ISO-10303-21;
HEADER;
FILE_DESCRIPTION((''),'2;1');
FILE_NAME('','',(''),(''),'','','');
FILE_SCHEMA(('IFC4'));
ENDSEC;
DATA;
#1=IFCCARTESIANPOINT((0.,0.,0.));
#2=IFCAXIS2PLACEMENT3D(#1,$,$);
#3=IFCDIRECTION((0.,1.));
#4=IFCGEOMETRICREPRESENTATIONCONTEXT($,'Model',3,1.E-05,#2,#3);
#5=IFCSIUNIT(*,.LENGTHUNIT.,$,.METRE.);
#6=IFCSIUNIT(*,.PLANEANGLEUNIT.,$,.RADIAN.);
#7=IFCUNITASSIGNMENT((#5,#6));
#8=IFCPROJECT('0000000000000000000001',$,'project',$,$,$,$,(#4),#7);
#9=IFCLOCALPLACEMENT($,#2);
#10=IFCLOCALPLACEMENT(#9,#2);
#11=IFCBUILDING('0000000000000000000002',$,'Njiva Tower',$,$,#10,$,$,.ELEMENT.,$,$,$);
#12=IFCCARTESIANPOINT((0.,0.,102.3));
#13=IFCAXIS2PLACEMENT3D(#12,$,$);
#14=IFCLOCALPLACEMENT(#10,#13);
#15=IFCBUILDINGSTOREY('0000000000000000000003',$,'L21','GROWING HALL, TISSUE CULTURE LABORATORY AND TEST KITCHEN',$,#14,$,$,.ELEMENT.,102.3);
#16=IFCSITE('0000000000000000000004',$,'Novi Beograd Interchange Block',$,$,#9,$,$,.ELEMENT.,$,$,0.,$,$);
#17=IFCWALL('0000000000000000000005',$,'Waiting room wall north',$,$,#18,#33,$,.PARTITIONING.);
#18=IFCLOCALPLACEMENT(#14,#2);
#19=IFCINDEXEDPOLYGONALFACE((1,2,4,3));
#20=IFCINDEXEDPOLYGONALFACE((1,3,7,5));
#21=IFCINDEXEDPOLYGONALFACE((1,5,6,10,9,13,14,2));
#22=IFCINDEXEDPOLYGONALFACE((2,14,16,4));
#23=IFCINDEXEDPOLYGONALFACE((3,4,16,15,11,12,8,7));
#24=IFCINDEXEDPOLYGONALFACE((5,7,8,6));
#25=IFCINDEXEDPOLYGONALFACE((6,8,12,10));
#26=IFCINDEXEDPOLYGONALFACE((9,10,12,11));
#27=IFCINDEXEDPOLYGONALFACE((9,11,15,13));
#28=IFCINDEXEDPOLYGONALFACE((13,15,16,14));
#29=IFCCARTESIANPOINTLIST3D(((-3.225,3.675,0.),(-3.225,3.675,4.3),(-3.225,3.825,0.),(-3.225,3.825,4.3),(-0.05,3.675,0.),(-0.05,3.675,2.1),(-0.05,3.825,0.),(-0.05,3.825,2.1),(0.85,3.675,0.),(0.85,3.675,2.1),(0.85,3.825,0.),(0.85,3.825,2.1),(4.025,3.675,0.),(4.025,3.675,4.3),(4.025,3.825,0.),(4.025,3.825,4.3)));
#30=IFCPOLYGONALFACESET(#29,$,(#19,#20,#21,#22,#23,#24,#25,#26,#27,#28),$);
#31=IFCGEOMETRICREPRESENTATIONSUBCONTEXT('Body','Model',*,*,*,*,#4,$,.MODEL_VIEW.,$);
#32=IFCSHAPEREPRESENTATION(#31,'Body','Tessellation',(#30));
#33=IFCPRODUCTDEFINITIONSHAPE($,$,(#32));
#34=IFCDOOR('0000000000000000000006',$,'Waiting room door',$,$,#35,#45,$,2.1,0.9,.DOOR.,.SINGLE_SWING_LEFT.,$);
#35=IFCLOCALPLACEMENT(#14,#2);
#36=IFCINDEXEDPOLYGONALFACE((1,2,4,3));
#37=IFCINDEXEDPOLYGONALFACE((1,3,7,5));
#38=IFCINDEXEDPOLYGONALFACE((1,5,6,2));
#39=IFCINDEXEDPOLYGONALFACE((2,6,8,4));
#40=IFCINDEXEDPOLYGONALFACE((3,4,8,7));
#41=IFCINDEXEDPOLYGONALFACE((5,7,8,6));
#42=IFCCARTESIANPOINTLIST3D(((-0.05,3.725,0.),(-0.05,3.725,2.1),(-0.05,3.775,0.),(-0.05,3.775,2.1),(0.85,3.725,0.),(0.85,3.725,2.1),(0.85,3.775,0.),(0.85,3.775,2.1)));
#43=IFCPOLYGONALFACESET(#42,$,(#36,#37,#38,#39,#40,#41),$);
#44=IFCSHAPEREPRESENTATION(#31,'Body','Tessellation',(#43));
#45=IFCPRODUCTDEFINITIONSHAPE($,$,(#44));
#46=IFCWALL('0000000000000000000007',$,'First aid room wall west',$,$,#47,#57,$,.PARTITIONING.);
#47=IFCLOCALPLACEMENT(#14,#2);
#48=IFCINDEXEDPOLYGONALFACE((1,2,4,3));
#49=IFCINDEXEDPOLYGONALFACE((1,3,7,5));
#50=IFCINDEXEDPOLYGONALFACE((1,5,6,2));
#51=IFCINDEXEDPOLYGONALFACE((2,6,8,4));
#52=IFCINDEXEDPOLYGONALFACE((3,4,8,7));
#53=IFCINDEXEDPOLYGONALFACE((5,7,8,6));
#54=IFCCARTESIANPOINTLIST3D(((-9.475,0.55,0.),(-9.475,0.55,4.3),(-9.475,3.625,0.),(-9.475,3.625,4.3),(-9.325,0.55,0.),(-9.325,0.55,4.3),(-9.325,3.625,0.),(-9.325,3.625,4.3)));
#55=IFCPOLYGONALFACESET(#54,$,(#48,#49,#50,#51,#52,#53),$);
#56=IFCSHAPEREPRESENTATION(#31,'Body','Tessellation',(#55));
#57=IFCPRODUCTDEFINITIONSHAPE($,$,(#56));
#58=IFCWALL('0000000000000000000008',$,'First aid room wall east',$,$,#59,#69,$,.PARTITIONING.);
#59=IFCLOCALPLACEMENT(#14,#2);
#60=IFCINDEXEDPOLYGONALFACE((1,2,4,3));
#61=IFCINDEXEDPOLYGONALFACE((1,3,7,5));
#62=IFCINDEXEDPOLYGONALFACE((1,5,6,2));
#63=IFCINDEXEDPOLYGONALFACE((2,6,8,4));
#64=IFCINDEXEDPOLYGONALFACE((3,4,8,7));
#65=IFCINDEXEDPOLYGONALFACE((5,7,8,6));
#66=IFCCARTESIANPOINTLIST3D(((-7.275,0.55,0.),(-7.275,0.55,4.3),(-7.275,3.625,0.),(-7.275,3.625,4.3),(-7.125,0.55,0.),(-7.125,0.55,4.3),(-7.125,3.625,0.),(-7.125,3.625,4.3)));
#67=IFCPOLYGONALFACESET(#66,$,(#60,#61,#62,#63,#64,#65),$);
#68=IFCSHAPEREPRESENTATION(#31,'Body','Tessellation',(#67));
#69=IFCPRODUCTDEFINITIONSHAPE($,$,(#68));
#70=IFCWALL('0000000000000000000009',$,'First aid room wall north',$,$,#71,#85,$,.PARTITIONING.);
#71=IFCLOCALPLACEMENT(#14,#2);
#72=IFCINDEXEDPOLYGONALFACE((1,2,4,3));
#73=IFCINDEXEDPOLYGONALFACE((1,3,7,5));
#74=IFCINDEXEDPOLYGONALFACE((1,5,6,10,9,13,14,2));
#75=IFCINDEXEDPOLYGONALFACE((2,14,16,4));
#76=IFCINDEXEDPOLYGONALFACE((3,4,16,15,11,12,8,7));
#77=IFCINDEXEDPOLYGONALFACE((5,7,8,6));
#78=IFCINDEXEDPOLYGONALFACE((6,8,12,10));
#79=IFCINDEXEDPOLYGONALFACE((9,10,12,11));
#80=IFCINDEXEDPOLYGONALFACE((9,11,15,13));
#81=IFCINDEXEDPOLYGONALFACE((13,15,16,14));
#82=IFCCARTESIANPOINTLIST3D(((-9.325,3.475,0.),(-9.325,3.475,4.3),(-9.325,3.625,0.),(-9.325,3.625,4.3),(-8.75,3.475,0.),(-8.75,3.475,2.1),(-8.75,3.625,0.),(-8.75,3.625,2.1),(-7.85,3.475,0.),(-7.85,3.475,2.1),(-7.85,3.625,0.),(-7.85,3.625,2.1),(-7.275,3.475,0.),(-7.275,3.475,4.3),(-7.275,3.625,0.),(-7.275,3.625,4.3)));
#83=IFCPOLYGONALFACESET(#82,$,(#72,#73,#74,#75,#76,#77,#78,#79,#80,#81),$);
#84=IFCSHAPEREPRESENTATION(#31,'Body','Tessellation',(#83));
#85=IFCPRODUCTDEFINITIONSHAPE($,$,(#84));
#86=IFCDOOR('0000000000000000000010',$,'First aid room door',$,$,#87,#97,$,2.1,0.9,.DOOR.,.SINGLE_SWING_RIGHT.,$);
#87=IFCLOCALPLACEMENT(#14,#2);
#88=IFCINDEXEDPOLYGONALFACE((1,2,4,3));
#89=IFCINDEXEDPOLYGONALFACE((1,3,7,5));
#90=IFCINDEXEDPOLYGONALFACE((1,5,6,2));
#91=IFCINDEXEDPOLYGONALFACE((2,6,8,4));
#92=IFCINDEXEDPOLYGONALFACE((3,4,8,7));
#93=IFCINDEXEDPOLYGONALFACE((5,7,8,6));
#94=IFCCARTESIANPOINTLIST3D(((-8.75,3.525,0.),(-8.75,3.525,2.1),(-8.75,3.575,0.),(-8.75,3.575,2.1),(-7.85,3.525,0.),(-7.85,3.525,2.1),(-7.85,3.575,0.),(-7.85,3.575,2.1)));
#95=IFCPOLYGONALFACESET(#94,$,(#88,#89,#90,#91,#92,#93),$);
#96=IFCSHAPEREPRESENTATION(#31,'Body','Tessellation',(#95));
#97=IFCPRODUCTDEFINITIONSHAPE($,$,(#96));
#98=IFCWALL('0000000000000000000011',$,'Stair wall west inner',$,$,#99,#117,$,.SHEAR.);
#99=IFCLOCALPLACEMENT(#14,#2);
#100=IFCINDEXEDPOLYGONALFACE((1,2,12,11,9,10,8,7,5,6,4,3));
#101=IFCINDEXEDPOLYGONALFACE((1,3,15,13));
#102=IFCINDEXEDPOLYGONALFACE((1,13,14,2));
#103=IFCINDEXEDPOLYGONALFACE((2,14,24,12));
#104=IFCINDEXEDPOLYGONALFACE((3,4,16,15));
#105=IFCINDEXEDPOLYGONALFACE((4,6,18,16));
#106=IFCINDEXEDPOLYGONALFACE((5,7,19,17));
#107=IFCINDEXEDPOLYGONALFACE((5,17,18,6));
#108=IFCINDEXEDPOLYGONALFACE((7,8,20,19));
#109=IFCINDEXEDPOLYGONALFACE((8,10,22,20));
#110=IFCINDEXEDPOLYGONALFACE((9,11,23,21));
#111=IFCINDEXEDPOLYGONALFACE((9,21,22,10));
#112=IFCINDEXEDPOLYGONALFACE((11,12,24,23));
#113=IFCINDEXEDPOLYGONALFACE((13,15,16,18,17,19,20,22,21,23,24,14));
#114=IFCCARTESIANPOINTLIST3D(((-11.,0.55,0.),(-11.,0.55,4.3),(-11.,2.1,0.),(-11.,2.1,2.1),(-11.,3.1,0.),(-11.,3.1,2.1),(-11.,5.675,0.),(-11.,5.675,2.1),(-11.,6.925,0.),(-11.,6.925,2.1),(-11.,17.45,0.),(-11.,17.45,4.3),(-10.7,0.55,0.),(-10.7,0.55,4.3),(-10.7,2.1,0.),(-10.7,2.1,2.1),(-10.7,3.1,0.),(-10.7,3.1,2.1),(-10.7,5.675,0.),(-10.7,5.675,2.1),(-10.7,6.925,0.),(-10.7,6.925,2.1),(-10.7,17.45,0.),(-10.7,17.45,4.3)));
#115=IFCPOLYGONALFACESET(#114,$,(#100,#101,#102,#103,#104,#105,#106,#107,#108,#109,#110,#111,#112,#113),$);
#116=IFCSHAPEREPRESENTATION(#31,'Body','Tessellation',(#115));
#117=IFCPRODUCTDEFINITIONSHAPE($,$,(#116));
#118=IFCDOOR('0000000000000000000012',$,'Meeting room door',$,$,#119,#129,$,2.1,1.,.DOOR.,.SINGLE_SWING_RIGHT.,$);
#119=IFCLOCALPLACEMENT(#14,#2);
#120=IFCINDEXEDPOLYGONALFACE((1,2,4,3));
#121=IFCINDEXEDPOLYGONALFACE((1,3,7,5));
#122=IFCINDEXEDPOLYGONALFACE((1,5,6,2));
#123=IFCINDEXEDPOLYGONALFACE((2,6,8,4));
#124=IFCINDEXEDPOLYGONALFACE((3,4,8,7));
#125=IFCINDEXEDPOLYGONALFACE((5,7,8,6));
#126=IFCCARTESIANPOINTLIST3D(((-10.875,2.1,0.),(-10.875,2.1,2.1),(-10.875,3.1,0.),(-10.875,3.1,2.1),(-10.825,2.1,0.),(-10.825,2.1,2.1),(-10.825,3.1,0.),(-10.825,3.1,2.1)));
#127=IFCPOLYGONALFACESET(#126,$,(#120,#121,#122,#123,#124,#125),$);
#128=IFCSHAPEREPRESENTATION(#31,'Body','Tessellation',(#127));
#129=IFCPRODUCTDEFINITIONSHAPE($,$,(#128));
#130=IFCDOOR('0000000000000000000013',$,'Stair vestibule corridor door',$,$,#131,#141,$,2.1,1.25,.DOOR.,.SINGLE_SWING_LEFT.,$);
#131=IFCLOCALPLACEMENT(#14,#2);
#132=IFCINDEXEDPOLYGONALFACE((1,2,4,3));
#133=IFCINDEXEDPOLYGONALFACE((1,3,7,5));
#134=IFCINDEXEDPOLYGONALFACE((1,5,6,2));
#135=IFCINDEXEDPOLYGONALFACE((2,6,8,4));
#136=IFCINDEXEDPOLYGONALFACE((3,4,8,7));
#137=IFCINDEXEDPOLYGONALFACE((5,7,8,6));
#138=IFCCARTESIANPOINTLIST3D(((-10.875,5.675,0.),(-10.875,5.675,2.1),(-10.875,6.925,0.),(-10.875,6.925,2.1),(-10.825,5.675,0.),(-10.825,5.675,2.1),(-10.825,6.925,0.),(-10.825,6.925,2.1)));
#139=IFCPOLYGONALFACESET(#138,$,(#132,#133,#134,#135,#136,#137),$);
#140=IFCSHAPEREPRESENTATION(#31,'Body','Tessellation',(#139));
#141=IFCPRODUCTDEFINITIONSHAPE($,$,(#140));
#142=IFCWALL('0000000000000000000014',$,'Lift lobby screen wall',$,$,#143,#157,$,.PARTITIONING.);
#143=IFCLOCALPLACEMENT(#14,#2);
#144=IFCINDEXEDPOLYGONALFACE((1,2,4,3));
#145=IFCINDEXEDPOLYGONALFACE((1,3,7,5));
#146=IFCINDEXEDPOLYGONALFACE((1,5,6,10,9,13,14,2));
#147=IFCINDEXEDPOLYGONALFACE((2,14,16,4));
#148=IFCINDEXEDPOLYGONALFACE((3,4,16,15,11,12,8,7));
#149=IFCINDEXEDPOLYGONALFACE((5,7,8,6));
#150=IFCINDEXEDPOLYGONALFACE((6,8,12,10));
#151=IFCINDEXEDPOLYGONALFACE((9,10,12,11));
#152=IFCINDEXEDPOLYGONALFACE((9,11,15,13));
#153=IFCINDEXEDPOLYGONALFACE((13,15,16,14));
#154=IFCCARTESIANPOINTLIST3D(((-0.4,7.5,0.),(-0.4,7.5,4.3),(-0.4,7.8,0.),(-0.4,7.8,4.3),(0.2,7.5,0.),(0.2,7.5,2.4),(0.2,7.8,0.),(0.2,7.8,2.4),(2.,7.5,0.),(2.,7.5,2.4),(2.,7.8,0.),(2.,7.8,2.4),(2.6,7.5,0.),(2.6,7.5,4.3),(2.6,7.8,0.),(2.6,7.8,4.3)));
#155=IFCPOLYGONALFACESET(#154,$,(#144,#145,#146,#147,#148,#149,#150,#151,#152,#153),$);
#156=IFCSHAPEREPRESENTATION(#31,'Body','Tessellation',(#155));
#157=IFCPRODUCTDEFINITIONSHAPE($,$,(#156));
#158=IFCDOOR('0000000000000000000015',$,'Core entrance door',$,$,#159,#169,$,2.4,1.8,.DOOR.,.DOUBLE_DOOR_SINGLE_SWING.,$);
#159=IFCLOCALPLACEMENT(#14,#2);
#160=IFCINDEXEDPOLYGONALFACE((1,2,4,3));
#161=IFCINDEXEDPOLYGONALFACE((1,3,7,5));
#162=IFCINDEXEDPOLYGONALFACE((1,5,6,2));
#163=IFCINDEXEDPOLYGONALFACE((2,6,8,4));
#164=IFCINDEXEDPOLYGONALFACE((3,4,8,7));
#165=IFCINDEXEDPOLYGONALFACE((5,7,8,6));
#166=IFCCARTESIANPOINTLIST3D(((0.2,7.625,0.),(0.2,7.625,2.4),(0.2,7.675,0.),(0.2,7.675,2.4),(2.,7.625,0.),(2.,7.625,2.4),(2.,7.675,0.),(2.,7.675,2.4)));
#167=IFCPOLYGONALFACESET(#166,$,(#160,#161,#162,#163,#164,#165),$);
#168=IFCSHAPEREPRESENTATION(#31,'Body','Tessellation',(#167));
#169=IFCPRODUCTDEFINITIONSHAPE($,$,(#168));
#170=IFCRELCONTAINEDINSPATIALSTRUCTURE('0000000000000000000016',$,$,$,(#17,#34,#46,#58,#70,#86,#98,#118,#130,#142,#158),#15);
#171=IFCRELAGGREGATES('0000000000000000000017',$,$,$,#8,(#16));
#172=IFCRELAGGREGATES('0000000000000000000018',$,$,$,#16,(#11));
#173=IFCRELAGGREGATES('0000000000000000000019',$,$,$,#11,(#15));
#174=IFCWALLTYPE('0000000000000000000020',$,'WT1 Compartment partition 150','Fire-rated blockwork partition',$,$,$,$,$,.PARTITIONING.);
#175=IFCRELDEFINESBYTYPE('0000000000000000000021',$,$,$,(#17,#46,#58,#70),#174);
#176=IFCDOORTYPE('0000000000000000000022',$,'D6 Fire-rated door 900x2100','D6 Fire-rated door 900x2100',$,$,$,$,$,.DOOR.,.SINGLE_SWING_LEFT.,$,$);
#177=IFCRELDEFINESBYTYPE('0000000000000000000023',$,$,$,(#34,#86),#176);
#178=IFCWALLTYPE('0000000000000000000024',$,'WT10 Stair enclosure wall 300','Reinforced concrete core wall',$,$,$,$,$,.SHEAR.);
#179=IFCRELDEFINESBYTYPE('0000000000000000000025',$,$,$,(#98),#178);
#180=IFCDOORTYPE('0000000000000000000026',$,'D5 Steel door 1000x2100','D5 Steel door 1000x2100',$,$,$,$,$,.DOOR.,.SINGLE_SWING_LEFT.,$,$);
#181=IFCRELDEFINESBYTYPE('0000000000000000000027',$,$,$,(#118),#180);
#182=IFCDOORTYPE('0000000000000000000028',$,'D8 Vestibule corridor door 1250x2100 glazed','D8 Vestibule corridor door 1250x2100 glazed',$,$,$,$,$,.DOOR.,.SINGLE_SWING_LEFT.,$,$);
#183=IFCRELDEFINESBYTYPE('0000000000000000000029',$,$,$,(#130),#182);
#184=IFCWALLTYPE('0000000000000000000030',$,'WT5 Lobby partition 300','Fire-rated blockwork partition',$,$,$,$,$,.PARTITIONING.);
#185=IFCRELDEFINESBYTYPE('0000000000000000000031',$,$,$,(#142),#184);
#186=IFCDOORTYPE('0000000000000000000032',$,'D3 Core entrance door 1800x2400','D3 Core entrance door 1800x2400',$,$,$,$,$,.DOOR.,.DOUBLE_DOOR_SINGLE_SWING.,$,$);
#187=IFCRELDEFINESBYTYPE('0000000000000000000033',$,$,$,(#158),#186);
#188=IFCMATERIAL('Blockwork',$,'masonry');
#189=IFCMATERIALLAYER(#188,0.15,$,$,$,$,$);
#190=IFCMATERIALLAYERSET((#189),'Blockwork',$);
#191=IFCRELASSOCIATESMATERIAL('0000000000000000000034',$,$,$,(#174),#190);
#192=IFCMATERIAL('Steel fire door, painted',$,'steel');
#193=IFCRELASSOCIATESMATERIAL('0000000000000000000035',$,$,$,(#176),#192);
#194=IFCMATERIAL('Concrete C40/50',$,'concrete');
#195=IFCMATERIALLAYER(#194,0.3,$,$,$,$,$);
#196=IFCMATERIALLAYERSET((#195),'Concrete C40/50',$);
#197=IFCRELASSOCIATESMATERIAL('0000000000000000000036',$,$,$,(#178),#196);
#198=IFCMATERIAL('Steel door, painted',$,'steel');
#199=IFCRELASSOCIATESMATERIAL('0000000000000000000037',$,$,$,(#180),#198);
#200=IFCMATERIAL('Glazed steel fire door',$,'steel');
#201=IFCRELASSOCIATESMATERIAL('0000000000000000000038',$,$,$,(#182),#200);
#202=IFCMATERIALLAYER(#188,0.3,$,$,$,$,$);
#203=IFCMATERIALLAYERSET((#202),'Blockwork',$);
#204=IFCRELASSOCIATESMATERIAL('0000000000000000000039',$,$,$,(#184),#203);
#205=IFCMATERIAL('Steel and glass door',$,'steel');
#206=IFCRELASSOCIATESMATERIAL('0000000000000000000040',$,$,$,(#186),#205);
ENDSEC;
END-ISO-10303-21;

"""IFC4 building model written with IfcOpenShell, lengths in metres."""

from ifc_helpers import new_model, si_unit, direction, frame, frame_2d, origin, place, context, subcontext, project, spatial, rectangle, extrude, material, layer, layer_set, type_object, element, fill, save


model = new_model("IFC4")

# Units and contexts
model_context = context("Model", 3, precision=1e-05, world=origin(), true_north=direction((0.0, 1.0)))
body_context = subcontext(model_context, "Body", "Model", "MODEL_VIEW")
ifc_project = project(units=[si_unit("LENGTHUNIT", "METRE"), si_unit("PLANEANGLEUNIT", "RADIAN")], contexts=[model_context])

# Site, building, storey
site_placement = place(None, origin())
site = spatial("IfcSite", under=ifc_project, at=site_placement, Name="Novi Beograd Interchange Block", CompositionType="ELEMENT", RefElevation=0.0)
building_placement = place(site_placement, origin())
building = spatial("IfcBuilding", under=site, at=building_placement, Name="Njiva Tower", CompositionType="ELEMENT")
storey_placement = place(building_placement, frame((0.0, 0.0, 102.3)))
storey = spatial("IfcBuildingStorey", under=building, at=storey_placement, Name="L21", Description="GROWING HALL, TISSUE CULTURE LABORATORY AND TEST KITCHEN", CompositionType="ELEMENT", Elevation=102.3)

# Shared definitions
ifc_material_1 = material(Name="Blockwork", Category="masonry")
ifc_layer_1 = layer(ifc_material_1, 0.15)
ifc_layer_set_1 = layer_set([ifc_layer_1], Name="Blockwork")
wall_type_1 = type_object("IfcWallType", Name="WT1 Compartment partition 150", Description="Fire-rated blockwork partition", PredefinedType="PARTITIONING", material=ifc_layer_set_1)

# Wall, opening, door
wall_1_placement = place(storey_placement, frame((-3.225, 3.75, 0.0), z_axis=(0.0, 0.0, 1.0), x_axis=(1.0, 0.0, 0.0)))
wall_1 = element("IfcWall", 1, at=wall_1_placement, inside=storey, type_object=wall_type_1, Name="Waiting room wall north", PredefinedType="PARTITIONING", context=body_context, shape_type="SweptSolid", body=[
    extrude(rectangle(XDim=7.25, YDim=0.15, at=frame_2d((3.625, 0.0))), origin(), (0.0, 0.0, 1.0), 4.3),
])
opening_1_placement = place(wall_1_placement, frame((3.175, 0.0, 0.0)))
opening_1 = element("IfcOpeningElement", 2, at=opening_1_placement, cuts=wall_1, PredefinedType="OPENING", context=body_context, shape_type="SweptSolid", body=[
    extrude(rectangle(XDim=0.9, YDim=2.1, at=frame_2d((0.45, 1.05))), frame((0.0, 0.085, 0.0), z_axis=(0.0, -1.0, 0.0), x_axis=(1.0, 0.0, 0.0)), (0.0, 0.0, 1.0), 0.17),
])
ifc_material_2 = material(Name="Steel fire door, painted", Category="steel")
door_type_1 = type_object("IfcDoorType", Name="D6 Fire-rated door 900x2100", Description="D6 Fire-rated door 900x2100", OperationType="SINGLE_SWING_LEFT", PredefinedType="DOOR", material=ifc_material_2)
door_1_placement = place(opening_1_placement, origin())
door_1 = element("IfcDoor", 3, at=door_1_placement, inside=storey, type_object=door_type_1, Name="Waiting room door", OperationType="SINGLE_SWING_LEFT", OverallHeight=2.1, OverallWidth=0.9, PredefinedType="DOOR", context=body_context, shape_type="SweptSolid", body=[
    extrude(rectangle(XDim=0.9, YDim=2.1, at=frame_2d((0.45, 1.05))), frame((0.0, 0.025, 0.0), z_axis=(0.0, -1.0, 0.0), x_axis=(1.0, 0.0, 0.0)), (0.0, 0.0, 1.0), 0.05),
])
fill(opening_1, door_1)

# Walls
for number, where, z_axis, x_axis, name in (
    (4, (-9.4, 0.55, 0.0), (0.0, 0.0, 1.0), (0.0, 1.0, 0.0), "First aid room wall west"),
    (5, (-7.2, 0.55, 0.0), (0.0, 0.0, 1.0), (0.0, 1.0, 0.0), "First aid room wall east"),
):
    element("IfcWall", number, at=place(storey_placement, frame(where, z_axis=z_axis, x_axis=x_axis)), inside=storey, type_object=wall_type_1, Name=name, PredefinedType="PARTITIONING", context=body_context, shape_type="SweptSolid", body=[
        extrude(rectangle(XDim=3.075, YDim=0.15, at=frame_2d((1.5375, 0.0))), origin(), (0.0, 0.0, 1.0), 4.3),
    ])

# Wall, opening, door
wall_2_placement = place(storey_placement, frame((-9.325, 3.55, 0.0), z_axis=(0.0, 0.0, 1.0), x_axis=(1.0, 0.0, 0.0)))
wall_2 = element("IfcWall", 6, at=wall_2_placement, inside=storey, type_object=wall_type_1, Name="First aid room wall north", PredefinedType="PARTITIONING", context=body_context, shape_type="SweptSolid", body=[
    extrude(rectangle(XDim=2.05, YDim=0.15, at=frame_2d((1.025, 0.0))), origin(), (0.0, 0.0, 1.0), 4.3),
])
opening_2_placement = place(wall_2_placement, frame((0.575, 0.0, 0.0)))
opening_2 = element("IfcOpeningElement", 7, at=opening_2_placement, cuts=wall_2, PredefinedType="OPENING", context=body_context, shape_type="SweptSolid", body=[
    extrude(rectangle(XDim=0.9, YDim=2.1, at=frame_2d((0.45, 1.05))), frame((0.0, 0.085, 0.0), z_axis=(0.0, -1.0, 0.0), x_axis=(1.0, 0.0, 0.0)), (0.0, 0.0, 1.0), 0.17),
])
door_2_placement = place(opening_2_placement, origin())
door_2 = element("IfcDoor", 8, at=door_2_placement, inside=storey, type_object=door_type_1, Name="First aid room door", OperationType="SINGLE_SWING_RIGHT", OverallHeight=2.1, OverallWidth=0.9, PredefinedType="DOOR", context=body_context, shape_type="SweptSolid", body=[
    extrude(rectangle(XDim=0.9, YDim=2.1, at=frame_2d((0.45, 1.05))), frame((0.0, 0.025, 0.0), z_axis=(0.0, -1.0, 0.0), x_axis=(1.0, 0.0, 0.0)), (0.0, 0.0, 1.0), 0.05),
])
fill(opening_2, door_2)

# Wall, openings, doors
ifc_material_3 = material(Name="Concrete C40/50", Category="concrete")
ifc_layer_2 = layer(ifc_material_3, 0.3)
ifc_layer_set_2 = layer_set([ifc_layer_2], Name="Concrete C40/50")
wall_type_2 = type_object("IfcWallType", Name="WT10 Stair enclosure wall 300", Description="Reinforced concrete core wall", PredefinedType="SHEAR", material=ifc_layer_set_2)
wall_3_placement = place(storey_placement, frame((-10.85, 0.55, 0.0), z_axis=(0.0, 0.0, 1.0), x_axis=(0.0, 1.0, 0.0)))
wall_3 = element("IfcWall", 9, at=wall_3_placement, inside=storey, type_object=wall_type_2, Name="Stair wall west inner", PredefinedType="SHEAR", context=body_context, shape_type="SweptSolid", body=[
    extrude(rectangle(XDim=16.9, YDim=0.3, at=frame_2d((8.45, 0.0))), origin(), (0.0, 0.0, 1.0), 4.3),
])
opening_3_placement = place(wall_3_placement, frame((5.125, 0.0, 0.0)))
opening_3 = element("IfcOpeningElement", 10, at=opening_3_placement, cuts=wall_3, PredefinedType="OPENING", context=body_context, shape_type="SweptSolid", body=[
    extrude(rectangle(XDim=1.25, YDim=2.1, at=frame_2d((0.625, 1.05))), frame((0.0, 0.16, 0.0), z_axis=(0.0, -1.0, 0.0), x_axis=(1.0, 0.0, 0.0)), (0.0, 0.0, 1.0), 0.32),
])
opening_4_placement = place(wall_3_placement, frame((1.55, 0.0, 0.0)))
opening_4 = element("IfcOpeningElement", 11, at=opening_4_placement, cuts=wall_3, PredefinedType="OPENING", context=body_context, shape_type="SweptSolid", body=[
    extrude(rectangle(XDim=1.0, YDim=2.1, at=frame_2d((0.5, 1.05))), frame((0.0, 0.16, 0.0), z_axis=(0.0, -1.0, 0.0), x_axis=(1.0, 0.0, 0.0)), (0.0, 0.0, 1.0), 0.32),
])
ifc_material_4 = material(Name="Steel door, painted", Category="steel")
door_type_2 = type_object("IfcDoorType", Name="D5 Steel door 1000x2100", Description="D5 Steel door 1000x2100", OperationType="SINGLE_SWING_LEFT", PredefinedType="DOOR", material=ifc_material_4)
door_3_placement = place(opening_4_placement, origin())
door_3 = element("IfcDoor", 12, at=door_3_placement, inside=storey, type_object=door_type_2, Name="Meeting room door", OperationType="SINGLE_SWING_RIGHT", OverallHeight=2.1, OverallWidth=1.0, PredefinedType="DOOR", context=body_context, shape_type="SweptSolid", body=[
    extrude(rectangle(XDim=1.0, YDim=2.1, at=frame_2d((0.5, 1.05))), frame((0.0, 0.025, 0.0), z_axis=(0.0, -1.0, 0.0), x_axis=(1.0, 0.0, 0.0)), (0.0, 0.0, 1.0), 0.05),
])
fill(opening_4, door_3)
ifc_material_5 = material(Name="Glazed steel fire door", Category="steel")
door_type_3 = type_object("IfcDoorType", Name="D8 Vestibule corridor door 1250x2100 glazed", Description="D8 Vestibule corridor door 1250x2100 glazed", OperationType="SINGLE_SWING_LEFT", PredefinedType="DOOR", material=ifc_material_5)
door_4_placement = place(opening_3_placement, origin())
door_4 = element("IfcDoor", 13, at=door_4_placement, inside=storey, type_object=door_type_3, Name="Stair vestibule corridor door", OperationType="SINGLE_SWING_LEFT", OverallHeight=2.1, OverallWidth=1.25, PredefinedType="DOOR", context=body_context, shape_type="SweptSolid", body=[
    extrude(rectangle(XDim=1.25, YDim=2.1, at=frame_2d((0.625, 1.05))), frame((0.0, 0.025, 0.0), z_axis=(0.0, -1.0, 0.0), x_axis=(1.0, 0.0, 0.0)), (0.0, 0.0, 1.0), 0.05),
])
fill(opening_3, door_4)

# Wall, opening, door
ifc_layer_3 = layer(ifc_material_1, 0.3)
ifc_layer_set_3 = layer_set([ifc_layer_3], Name="Blockwork")
wall_type_3 = type_object("IfcWallType", Name="WT5 Lobby partition 300", Description="Fire-rated blockwork partition", PredefinedType="PARTITIONING", material=ifc_layer_set_3)
wall_4_placement = place(storey_placement, frame((-0.4, 7.65, 0.0), z_axis=(0.0, 0.0, 1.0), x_axis=(1.0, 0.0, 0.0)))
wall_4 = element("IfcWall", 14, at=wall_4_placement, inside=storey, type_object=wall_type_3, Name="Lift lobby screen wall", PredefinedType="PARTITIONING", context=body_context, shape_type="SweptSolid", body=[
    extrude(rectangle(XDim=3.0, YDim=0.3, at=frame_2d((1.5, 0.0))), origin(), (0.0, 0.0, 1.0), 4.3),
])
opening_5_placement = place(wall_4_placement, frame((0.6, 0.0, 0.0)))
opening_5 = element("IfcOpeningElement", 15, at=opening_5_placement, cuts=wall_4, PredefinedType="OPENING", context=body_context, shape_type="SweptSolid", body=[
    extrude(rectangle(XDim=1.8, YDim=2.4, at=frame_2d((0.9, 1.2))), frame((0.0, 0.16, 0.0), z_axis=(0.0, -1.0, 0.0), x_axis=(1.0, 0.0, 0.0)), (0.0, 0.0, 1.0), 0.32),
])
ifc_material_6 = material(Name="Steel and glass door", Category="steel")
door_type_4 = type_object("IfcDoorType", Name="D3 Core entrance door 1800x2400", Description="D3 Core entrance door 1800x2400", OperationType="DOUBLE_DOOR_SINGLE_SWING", PredefinedType="DOOR", material=ifc_material_6)
door_5_placement = place(opening_5_placement, origin())
door_5 = element("IfcDoor", 16, at=door_5_placement, inside=storey, type_object=door_type_4, Name="Core entrance door", OperationType="DOUBLE_DOOR_SINGLE_SWING", OverallHeight=2.4, OverallWidth=1.8, PredefinedType="DOOR", context=body_context, shape_type="SweptSolid", body=[
    extrude(rectangle(XDim=1.8, YDim=2.4, at=frame_2d((0.9, 1.2))), frame((0.0, 0.025, 0.0), z_axis=(0.0, -1.0, 0.0), x_axis=(1.0, 0.0, 0.0)), (0.0, 0.0, 1.0), 0.05),
])
fill(opening_5, door_5)

save(model, "model.ifc")
